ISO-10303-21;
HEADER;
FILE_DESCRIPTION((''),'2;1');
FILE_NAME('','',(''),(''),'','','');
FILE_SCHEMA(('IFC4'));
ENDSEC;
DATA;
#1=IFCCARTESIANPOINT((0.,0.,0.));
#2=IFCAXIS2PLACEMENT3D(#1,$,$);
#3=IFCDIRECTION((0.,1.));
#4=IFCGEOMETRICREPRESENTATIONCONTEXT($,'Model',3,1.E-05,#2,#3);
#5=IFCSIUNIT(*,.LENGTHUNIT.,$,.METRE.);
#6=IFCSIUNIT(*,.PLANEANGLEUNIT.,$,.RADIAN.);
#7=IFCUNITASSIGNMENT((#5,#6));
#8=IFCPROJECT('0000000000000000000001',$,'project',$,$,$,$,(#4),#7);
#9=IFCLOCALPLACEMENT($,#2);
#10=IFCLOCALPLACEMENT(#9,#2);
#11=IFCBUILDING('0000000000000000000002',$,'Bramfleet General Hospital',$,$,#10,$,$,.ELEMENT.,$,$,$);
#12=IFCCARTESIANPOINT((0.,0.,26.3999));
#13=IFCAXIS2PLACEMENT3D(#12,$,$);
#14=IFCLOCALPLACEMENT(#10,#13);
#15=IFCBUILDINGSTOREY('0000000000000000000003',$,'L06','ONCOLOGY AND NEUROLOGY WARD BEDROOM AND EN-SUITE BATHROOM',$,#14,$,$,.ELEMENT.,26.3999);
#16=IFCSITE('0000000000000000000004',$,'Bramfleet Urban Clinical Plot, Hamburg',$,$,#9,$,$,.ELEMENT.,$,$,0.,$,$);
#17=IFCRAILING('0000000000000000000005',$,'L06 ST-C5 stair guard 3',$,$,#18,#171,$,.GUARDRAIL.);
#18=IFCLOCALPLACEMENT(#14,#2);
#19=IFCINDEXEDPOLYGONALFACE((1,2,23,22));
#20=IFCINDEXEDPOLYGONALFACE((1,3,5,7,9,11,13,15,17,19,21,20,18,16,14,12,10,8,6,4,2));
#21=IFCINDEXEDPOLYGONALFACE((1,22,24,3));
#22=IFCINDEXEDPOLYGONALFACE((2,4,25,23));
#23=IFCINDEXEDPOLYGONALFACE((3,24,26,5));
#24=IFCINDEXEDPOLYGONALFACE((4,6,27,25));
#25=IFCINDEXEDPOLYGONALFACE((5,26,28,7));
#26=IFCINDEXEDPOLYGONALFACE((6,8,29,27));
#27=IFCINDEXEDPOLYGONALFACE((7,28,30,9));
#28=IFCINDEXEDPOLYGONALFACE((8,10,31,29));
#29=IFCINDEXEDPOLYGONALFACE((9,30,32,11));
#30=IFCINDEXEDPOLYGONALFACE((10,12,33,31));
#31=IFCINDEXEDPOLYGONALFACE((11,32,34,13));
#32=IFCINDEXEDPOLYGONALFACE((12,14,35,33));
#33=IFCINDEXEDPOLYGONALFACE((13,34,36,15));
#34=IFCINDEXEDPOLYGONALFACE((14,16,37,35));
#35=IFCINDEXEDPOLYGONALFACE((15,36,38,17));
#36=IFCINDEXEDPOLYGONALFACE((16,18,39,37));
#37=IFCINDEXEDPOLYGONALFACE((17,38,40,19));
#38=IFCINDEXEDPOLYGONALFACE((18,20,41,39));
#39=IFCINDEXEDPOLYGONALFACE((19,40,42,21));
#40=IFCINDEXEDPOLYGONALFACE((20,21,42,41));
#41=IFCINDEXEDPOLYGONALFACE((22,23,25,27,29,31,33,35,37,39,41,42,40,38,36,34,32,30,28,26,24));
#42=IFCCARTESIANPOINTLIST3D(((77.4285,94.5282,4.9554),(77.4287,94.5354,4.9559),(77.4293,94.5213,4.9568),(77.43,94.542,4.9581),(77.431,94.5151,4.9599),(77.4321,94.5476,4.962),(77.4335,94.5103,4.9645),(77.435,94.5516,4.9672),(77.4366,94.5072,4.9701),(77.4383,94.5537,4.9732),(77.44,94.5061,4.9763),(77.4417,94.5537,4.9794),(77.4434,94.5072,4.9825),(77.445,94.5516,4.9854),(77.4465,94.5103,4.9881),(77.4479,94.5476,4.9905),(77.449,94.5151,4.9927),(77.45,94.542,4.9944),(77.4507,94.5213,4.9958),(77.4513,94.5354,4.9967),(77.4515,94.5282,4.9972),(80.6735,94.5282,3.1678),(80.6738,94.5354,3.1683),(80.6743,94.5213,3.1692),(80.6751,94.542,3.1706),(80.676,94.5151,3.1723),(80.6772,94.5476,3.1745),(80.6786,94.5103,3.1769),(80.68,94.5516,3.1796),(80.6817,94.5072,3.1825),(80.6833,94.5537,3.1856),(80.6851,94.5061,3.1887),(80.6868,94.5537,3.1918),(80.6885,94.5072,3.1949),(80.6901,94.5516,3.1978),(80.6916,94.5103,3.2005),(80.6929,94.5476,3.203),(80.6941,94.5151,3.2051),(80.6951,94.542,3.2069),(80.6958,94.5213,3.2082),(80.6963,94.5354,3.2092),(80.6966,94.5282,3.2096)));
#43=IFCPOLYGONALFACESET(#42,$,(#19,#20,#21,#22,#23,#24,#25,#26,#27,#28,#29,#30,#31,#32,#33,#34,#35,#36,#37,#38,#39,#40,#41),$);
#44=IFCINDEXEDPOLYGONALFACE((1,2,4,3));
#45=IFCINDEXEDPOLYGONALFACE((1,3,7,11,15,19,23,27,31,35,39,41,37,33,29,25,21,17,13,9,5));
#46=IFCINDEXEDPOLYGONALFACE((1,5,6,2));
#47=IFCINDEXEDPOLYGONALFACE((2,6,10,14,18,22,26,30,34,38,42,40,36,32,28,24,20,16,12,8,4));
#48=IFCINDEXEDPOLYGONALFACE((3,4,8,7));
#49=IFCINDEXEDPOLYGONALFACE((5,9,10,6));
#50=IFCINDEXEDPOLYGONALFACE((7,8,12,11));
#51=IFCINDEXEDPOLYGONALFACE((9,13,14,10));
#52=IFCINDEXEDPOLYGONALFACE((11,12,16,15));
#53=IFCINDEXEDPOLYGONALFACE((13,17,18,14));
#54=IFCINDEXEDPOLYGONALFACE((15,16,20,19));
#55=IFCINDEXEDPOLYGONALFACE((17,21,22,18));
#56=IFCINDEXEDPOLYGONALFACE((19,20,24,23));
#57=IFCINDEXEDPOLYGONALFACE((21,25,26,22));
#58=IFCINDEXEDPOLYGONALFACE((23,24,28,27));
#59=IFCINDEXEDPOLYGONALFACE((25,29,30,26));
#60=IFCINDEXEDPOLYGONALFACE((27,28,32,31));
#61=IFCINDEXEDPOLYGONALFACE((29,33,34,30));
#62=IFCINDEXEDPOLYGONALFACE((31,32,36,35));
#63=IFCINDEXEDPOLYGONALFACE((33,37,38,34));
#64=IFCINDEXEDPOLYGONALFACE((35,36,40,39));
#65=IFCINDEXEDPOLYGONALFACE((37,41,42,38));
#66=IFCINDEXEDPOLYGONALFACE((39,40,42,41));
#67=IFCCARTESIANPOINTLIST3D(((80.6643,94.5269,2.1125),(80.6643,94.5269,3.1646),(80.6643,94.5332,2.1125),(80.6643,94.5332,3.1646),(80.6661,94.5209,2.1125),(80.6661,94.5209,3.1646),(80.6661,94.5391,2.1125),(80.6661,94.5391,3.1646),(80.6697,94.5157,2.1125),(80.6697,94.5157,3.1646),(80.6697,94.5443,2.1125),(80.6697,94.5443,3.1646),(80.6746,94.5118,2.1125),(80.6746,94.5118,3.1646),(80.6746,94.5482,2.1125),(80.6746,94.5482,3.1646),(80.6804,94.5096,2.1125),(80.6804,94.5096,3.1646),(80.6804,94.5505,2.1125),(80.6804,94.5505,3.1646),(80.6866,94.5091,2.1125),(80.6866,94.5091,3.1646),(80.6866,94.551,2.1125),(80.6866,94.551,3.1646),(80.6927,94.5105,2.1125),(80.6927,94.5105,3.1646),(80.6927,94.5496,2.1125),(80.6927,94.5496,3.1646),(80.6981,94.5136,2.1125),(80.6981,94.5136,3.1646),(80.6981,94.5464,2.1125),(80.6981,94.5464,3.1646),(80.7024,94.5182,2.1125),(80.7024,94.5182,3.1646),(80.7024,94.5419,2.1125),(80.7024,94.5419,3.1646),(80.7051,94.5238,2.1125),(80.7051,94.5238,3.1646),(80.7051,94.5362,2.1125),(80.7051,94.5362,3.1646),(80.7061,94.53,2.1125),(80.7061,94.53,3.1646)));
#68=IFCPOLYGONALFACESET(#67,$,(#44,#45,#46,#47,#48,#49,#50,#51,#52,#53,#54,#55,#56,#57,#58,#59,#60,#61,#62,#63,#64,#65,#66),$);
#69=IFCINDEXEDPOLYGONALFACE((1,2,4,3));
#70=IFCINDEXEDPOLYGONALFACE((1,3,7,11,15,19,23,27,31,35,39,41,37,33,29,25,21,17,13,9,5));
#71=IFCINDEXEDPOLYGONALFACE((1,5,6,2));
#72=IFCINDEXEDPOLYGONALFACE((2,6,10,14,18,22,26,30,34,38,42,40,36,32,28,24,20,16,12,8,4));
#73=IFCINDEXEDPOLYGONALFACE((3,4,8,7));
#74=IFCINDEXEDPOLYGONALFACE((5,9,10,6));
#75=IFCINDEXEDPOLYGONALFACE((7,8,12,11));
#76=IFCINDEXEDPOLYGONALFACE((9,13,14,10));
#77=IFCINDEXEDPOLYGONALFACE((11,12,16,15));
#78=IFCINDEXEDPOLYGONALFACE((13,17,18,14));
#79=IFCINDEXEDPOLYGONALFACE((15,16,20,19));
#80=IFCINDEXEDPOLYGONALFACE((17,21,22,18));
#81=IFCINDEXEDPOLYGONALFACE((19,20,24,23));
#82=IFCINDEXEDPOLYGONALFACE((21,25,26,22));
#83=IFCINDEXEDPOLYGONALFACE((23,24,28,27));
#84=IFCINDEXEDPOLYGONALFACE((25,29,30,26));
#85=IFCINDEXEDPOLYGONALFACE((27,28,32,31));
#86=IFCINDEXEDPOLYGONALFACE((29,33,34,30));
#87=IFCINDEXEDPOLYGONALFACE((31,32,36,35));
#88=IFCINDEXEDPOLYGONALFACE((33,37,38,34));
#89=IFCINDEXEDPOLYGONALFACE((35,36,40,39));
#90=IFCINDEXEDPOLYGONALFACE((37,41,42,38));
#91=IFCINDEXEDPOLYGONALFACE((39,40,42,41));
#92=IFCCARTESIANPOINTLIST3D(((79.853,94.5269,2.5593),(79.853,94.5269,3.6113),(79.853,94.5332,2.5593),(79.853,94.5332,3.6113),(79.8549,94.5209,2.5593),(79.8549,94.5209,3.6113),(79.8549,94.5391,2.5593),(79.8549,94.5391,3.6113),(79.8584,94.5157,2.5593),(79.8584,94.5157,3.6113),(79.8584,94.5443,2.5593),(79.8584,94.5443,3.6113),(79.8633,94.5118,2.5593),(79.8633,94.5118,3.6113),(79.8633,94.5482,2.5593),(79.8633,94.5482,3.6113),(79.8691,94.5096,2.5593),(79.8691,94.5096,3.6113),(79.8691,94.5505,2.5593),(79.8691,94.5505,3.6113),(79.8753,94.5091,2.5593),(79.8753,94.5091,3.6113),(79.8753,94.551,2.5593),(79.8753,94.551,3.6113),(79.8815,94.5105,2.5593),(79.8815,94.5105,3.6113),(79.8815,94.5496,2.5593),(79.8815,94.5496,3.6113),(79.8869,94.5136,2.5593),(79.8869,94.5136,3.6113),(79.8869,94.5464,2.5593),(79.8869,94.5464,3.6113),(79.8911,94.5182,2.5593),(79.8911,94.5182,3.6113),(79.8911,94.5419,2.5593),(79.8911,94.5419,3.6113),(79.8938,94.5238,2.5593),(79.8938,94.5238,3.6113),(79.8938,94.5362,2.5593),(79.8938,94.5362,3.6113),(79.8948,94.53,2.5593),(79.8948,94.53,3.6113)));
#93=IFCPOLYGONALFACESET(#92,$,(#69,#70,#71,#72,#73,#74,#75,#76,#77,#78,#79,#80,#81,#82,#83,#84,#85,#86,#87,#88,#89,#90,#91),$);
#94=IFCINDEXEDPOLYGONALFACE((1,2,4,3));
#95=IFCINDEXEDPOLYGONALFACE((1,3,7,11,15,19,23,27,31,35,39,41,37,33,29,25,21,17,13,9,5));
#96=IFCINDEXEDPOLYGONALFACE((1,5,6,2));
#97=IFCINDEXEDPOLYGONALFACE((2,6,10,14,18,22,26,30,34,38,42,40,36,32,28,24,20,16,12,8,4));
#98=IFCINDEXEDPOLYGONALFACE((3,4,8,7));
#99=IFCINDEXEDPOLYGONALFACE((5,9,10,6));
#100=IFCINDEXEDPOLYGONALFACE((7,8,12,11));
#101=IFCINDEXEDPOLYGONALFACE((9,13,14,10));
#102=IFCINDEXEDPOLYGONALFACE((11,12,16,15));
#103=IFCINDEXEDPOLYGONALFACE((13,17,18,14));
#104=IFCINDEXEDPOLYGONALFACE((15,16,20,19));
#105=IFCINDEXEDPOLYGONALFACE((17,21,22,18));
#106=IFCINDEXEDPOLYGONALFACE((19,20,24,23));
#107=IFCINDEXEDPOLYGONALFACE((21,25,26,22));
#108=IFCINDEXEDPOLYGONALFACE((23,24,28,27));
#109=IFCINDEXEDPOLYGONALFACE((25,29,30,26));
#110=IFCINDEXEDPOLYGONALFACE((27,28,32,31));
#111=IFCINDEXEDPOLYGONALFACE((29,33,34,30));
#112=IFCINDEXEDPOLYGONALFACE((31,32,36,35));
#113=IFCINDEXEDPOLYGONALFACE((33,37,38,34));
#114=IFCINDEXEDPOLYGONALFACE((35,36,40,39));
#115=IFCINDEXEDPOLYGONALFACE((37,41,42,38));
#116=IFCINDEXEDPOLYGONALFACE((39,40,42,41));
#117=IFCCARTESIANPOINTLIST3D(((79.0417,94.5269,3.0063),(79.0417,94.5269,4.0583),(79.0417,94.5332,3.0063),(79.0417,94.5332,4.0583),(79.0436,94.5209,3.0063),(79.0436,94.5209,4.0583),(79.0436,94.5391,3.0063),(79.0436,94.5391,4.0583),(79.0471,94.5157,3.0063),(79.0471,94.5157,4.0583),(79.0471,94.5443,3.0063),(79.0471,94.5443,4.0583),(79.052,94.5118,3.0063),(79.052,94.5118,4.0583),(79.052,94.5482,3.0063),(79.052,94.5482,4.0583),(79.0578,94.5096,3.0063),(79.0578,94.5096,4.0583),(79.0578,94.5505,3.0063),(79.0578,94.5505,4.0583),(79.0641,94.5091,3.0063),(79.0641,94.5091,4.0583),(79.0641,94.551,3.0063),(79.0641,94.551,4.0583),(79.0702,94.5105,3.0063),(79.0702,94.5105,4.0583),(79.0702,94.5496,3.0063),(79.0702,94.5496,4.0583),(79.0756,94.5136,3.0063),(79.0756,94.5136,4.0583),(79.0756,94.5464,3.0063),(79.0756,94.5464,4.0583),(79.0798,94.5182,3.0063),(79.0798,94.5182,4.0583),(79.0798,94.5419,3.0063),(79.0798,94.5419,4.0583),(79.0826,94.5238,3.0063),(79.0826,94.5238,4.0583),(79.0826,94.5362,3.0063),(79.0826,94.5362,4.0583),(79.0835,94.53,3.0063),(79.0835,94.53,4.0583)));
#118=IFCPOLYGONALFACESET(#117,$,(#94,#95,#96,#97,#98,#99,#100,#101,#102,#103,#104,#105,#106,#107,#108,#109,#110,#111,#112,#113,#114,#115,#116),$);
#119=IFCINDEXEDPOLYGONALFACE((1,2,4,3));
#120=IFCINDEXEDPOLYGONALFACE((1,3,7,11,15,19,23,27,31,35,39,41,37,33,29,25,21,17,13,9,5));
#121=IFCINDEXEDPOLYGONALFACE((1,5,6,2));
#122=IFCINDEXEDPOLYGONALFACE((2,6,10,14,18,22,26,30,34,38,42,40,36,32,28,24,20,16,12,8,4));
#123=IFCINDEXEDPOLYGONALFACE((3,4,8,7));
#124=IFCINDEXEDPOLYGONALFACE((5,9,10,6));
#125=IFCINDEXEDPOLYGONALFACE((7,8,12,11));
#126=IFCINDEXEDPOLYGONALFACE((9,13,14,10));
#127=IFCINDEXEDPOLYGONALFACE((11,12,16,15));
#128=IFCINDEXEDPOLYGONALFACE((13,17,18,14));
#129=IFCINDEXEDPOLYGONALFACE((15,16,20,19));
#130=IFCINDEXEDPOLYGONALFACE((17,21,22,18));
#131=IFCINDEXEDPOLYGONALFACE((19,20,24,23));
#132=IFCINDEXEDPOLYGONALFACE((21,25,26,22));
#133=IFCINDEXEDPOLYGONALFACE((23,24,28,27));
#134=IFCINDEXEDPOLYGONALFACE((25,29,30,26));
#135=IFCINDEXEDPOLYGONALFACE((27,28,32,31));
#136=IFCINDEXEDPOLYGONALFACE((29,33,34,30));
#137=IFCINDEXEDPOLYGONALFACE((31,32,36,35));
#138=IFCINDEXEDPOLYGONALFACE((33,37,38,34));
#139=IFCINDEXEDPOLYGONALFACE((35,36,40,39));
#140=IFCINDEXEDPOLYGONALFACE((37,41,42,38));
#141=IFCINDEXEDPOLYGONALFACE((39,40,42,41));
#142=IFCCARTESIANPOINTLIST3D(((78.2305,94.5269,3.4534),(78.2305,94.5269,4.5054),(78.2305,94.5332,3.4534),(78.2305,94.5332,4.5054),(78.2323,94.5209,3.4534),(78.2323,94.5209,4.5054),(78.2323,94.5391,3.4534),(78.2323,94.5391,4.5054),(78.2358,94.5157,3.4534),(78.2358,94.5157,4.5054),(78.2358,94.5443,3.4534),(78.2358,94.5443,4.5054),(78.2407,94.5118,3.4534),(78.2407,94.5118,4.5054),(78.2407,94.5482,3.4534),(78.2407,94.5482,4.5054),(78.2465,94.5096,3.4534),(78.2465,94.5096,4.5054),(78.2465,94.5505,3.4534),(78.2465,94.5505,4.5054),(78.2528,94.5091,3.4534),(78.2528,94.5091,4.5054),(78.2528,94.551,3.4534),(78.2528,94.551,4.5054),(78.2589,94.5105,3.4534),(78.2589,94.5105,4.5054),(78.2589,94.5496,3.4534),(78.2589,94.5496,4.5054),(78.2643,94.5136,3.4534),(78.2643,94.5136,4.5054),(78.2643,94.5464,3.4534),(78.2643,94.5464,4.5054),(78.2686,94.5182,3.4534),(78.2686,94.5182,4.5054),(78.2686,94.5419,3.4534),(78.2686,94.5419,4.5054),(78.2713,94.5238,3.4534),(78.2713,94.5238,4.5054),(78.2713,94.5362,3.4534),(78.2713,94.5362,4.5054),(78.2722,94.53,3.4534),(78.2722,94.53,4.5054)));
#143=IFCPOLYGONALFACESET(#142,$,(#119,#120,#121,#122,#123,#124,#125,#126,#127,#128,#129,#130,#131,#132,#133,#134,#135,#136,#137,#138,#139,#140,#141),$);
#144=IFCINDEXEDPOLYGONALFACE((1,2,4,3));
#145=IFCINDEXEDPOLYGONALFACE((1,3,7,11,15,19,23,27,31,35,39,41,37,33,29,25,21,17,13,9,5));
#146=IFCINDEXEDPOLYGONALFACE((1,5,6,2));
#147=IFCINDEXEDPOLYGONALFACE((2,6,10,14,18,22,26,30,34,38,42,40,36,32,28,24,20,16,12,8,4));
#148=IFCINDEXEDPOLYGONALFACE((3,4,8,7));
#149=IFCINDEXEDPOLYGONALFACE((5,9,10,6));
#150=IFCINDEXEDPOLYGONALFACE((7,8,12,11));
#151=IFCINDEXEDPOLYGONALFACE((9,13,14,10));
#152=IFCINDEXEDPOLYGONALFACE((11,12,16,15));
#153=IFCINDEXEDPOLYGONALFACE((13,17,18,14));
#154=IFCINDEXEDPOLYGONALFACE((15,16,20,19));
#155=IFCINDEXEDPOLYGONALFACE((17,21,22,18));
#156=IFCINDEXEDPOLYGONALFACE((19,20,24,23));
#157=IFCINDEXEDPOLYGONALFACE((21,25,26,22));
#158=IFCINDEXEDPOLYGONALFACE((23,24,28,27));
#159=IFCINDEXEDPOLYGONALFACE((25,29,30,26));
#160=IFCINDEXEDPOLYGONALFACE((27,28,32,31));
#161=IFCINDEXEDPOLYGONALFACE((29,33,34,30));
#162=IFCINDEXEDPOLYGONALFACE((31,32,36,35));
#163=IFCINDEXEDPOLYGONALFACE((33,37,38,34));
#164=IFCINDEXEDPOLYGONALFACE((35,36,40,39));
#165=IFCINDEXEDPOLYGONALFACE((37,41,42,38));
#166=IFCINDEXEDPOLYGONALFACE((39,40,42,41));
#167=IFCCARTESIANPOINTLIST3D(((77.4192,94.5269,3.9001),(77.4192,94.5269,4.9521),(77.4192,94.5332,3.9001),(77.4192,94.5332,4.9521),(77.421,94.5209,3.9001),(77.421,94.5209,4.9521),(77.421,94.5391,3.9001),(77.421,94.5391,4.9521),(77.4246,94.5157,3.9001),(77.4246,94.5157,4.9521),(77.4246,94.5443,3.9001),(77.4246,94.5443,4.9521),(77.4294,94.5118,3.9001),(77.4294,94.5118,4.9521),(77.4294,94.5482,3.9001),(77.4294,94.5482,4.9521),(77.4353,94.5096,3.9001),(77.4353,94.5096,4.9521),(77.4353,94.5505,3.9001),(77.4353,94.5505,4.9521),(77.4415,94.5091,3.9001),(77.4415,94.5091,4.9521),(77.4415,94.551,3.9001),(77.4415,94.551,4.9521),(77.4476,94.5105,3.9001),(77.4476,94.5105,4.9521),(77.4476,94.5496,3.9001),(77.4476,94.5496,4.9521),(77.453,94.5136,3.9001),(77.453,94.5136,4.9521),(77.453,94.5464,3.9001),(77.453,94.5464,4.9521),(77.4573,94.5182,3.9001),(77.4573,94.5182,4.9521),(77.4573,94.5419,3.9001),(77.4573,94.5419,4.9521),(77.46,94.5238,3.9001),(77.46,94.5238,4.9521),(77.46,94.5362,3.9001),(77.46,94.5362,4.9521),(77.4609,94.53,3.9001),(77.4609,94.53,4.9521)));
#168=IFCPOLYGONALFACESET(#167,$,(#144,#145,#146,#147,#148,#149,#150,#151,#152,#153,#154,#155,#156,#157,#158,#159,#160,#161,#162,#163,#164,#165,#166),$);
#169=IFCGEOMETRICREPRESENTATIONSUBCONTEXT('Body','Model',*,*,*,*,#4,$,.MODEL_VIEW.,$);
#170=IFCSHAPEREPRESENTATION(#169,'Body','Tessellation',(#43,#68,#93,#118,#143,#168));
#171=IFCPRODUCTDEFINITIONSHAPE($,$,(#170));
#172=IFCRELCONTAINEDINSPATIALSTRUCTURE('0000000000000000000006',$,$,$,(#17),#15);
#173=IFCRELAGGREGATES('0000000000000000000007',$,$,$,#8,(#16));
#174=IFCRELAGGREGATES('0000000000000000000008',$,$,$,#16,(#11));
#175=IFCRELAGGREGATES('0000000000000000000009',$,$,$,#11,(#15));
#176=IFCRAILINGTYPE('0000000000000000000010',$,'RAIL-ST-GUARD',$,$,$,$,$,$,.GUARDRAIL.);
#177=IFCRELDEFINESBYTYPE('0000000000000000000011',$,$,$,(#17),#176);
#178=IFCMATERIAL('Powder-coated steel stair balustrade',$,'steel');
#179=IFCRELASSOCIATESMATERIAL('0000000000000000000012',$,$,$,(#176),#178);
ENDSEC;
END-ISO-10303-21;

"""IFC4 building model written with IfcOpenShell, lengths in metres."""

from ifc_helpers import new_model, si_unit, direction, frame, origin, origin_2d, place, context, subcontext, project, spatial, circle, extrude, material, type_object, element, save


model = new_model("IFC4")

# Units and contexts
model_context = context("Model", 3, precision=1e-05, world=origin(), true_north=direction((0.0, 1.0)))
body_context = subcontext(model_context, "Body", "Model", "MODEL_VIEW")
ifc_project = project(units=[si_unit("LENGTHUNIT", "METRE"), si_unit("PLANEANGLEUNIT", "RADIAN")], contexts=[model_context])

# Site, building, storey
site_placement = place(None, origin())
site = spatial("IfcSite", under=ifc_project, at=site_placement, Name="Bramfleet Urban Clinical Plot, Hamburg", CompositionType="ELEMENT", RefElevation=0.0)
building_placement = place(site_placement, origin())
building = spatial("IfcBuilding", under=site, at=building_placement, Name="Bramfleet General Hospital", CompositionType="ELEMENT")
storey_placement = place(building_placement, frame((0.0, 0.0, 26.3999)))
storey = spatial("IfcBuildingStorey", under=building, at=storey_placement, Name="L06", Description="ONCOLOGY AND NEUROLOGY WARD BEDROOM AND EN-SUITE BATHROOM", CompositionType="ELEMENT", Elevation=26.3999)

# Railing
ifc_material_1 = material(Name="Powder-coated steel stair balustrade", Category="steel")
railing_type_1 = type_object("IfcRailingType", Name="RAIL-ST-GUARD", PredefinedType="GUARDRAIL", material=ifc_material_1)
railing_1_placement = place(storey_placement, frame((80.6851, 94.53, 2.1125)))
element("IfcRailing", 1, at=railing_1_placement, inside=storey, type_object=railing_type_1, Name="L06 ST-C5 stair guard 3", PredefinedType="GUARDRAIL", context=body_context, shape_type="SweptSolid", body=[
    extrude(circle(Radius=0.0239, at=origin_2d()), frame((0.0, 0.0, 1.0762), z_axis=(-0.875899, 0.0, 0.482495), x_axis=(0.0, -1.0, 0.0)), (0.0, 0.0, 1.0), 3.7048),
    extrude(circle(Radius=0.021, at=origin_2d()), origin(), (0.0, 0.0, 1.0), 1.052),
    extrude(circle(Radius=0.021, at=origin_2d()), frame((-0.8113, 0.0, 0.4468)), (0.0, 0.0, 1.0), 1.052),
    extrude(circle(Radius=0.021, at=origin_2d()), frame((-1.6226, 0.0, 0.8938)), (0.0, 0.0, 1.0), 1.052),
    extrude(circle(Radius=0.021, at=origin_2d()), frame((-2.4338, 0.0, 1.3408)), (0.0, 0.0, 1.0), 1.052),
    extrude(circle(Radius=0.021, at=origin_2d()), frame((-3.2451, 0.0, 1.7876)), (0.0, 0.0, 1.0), 1.052),
])

save(model, "model.ifc")
